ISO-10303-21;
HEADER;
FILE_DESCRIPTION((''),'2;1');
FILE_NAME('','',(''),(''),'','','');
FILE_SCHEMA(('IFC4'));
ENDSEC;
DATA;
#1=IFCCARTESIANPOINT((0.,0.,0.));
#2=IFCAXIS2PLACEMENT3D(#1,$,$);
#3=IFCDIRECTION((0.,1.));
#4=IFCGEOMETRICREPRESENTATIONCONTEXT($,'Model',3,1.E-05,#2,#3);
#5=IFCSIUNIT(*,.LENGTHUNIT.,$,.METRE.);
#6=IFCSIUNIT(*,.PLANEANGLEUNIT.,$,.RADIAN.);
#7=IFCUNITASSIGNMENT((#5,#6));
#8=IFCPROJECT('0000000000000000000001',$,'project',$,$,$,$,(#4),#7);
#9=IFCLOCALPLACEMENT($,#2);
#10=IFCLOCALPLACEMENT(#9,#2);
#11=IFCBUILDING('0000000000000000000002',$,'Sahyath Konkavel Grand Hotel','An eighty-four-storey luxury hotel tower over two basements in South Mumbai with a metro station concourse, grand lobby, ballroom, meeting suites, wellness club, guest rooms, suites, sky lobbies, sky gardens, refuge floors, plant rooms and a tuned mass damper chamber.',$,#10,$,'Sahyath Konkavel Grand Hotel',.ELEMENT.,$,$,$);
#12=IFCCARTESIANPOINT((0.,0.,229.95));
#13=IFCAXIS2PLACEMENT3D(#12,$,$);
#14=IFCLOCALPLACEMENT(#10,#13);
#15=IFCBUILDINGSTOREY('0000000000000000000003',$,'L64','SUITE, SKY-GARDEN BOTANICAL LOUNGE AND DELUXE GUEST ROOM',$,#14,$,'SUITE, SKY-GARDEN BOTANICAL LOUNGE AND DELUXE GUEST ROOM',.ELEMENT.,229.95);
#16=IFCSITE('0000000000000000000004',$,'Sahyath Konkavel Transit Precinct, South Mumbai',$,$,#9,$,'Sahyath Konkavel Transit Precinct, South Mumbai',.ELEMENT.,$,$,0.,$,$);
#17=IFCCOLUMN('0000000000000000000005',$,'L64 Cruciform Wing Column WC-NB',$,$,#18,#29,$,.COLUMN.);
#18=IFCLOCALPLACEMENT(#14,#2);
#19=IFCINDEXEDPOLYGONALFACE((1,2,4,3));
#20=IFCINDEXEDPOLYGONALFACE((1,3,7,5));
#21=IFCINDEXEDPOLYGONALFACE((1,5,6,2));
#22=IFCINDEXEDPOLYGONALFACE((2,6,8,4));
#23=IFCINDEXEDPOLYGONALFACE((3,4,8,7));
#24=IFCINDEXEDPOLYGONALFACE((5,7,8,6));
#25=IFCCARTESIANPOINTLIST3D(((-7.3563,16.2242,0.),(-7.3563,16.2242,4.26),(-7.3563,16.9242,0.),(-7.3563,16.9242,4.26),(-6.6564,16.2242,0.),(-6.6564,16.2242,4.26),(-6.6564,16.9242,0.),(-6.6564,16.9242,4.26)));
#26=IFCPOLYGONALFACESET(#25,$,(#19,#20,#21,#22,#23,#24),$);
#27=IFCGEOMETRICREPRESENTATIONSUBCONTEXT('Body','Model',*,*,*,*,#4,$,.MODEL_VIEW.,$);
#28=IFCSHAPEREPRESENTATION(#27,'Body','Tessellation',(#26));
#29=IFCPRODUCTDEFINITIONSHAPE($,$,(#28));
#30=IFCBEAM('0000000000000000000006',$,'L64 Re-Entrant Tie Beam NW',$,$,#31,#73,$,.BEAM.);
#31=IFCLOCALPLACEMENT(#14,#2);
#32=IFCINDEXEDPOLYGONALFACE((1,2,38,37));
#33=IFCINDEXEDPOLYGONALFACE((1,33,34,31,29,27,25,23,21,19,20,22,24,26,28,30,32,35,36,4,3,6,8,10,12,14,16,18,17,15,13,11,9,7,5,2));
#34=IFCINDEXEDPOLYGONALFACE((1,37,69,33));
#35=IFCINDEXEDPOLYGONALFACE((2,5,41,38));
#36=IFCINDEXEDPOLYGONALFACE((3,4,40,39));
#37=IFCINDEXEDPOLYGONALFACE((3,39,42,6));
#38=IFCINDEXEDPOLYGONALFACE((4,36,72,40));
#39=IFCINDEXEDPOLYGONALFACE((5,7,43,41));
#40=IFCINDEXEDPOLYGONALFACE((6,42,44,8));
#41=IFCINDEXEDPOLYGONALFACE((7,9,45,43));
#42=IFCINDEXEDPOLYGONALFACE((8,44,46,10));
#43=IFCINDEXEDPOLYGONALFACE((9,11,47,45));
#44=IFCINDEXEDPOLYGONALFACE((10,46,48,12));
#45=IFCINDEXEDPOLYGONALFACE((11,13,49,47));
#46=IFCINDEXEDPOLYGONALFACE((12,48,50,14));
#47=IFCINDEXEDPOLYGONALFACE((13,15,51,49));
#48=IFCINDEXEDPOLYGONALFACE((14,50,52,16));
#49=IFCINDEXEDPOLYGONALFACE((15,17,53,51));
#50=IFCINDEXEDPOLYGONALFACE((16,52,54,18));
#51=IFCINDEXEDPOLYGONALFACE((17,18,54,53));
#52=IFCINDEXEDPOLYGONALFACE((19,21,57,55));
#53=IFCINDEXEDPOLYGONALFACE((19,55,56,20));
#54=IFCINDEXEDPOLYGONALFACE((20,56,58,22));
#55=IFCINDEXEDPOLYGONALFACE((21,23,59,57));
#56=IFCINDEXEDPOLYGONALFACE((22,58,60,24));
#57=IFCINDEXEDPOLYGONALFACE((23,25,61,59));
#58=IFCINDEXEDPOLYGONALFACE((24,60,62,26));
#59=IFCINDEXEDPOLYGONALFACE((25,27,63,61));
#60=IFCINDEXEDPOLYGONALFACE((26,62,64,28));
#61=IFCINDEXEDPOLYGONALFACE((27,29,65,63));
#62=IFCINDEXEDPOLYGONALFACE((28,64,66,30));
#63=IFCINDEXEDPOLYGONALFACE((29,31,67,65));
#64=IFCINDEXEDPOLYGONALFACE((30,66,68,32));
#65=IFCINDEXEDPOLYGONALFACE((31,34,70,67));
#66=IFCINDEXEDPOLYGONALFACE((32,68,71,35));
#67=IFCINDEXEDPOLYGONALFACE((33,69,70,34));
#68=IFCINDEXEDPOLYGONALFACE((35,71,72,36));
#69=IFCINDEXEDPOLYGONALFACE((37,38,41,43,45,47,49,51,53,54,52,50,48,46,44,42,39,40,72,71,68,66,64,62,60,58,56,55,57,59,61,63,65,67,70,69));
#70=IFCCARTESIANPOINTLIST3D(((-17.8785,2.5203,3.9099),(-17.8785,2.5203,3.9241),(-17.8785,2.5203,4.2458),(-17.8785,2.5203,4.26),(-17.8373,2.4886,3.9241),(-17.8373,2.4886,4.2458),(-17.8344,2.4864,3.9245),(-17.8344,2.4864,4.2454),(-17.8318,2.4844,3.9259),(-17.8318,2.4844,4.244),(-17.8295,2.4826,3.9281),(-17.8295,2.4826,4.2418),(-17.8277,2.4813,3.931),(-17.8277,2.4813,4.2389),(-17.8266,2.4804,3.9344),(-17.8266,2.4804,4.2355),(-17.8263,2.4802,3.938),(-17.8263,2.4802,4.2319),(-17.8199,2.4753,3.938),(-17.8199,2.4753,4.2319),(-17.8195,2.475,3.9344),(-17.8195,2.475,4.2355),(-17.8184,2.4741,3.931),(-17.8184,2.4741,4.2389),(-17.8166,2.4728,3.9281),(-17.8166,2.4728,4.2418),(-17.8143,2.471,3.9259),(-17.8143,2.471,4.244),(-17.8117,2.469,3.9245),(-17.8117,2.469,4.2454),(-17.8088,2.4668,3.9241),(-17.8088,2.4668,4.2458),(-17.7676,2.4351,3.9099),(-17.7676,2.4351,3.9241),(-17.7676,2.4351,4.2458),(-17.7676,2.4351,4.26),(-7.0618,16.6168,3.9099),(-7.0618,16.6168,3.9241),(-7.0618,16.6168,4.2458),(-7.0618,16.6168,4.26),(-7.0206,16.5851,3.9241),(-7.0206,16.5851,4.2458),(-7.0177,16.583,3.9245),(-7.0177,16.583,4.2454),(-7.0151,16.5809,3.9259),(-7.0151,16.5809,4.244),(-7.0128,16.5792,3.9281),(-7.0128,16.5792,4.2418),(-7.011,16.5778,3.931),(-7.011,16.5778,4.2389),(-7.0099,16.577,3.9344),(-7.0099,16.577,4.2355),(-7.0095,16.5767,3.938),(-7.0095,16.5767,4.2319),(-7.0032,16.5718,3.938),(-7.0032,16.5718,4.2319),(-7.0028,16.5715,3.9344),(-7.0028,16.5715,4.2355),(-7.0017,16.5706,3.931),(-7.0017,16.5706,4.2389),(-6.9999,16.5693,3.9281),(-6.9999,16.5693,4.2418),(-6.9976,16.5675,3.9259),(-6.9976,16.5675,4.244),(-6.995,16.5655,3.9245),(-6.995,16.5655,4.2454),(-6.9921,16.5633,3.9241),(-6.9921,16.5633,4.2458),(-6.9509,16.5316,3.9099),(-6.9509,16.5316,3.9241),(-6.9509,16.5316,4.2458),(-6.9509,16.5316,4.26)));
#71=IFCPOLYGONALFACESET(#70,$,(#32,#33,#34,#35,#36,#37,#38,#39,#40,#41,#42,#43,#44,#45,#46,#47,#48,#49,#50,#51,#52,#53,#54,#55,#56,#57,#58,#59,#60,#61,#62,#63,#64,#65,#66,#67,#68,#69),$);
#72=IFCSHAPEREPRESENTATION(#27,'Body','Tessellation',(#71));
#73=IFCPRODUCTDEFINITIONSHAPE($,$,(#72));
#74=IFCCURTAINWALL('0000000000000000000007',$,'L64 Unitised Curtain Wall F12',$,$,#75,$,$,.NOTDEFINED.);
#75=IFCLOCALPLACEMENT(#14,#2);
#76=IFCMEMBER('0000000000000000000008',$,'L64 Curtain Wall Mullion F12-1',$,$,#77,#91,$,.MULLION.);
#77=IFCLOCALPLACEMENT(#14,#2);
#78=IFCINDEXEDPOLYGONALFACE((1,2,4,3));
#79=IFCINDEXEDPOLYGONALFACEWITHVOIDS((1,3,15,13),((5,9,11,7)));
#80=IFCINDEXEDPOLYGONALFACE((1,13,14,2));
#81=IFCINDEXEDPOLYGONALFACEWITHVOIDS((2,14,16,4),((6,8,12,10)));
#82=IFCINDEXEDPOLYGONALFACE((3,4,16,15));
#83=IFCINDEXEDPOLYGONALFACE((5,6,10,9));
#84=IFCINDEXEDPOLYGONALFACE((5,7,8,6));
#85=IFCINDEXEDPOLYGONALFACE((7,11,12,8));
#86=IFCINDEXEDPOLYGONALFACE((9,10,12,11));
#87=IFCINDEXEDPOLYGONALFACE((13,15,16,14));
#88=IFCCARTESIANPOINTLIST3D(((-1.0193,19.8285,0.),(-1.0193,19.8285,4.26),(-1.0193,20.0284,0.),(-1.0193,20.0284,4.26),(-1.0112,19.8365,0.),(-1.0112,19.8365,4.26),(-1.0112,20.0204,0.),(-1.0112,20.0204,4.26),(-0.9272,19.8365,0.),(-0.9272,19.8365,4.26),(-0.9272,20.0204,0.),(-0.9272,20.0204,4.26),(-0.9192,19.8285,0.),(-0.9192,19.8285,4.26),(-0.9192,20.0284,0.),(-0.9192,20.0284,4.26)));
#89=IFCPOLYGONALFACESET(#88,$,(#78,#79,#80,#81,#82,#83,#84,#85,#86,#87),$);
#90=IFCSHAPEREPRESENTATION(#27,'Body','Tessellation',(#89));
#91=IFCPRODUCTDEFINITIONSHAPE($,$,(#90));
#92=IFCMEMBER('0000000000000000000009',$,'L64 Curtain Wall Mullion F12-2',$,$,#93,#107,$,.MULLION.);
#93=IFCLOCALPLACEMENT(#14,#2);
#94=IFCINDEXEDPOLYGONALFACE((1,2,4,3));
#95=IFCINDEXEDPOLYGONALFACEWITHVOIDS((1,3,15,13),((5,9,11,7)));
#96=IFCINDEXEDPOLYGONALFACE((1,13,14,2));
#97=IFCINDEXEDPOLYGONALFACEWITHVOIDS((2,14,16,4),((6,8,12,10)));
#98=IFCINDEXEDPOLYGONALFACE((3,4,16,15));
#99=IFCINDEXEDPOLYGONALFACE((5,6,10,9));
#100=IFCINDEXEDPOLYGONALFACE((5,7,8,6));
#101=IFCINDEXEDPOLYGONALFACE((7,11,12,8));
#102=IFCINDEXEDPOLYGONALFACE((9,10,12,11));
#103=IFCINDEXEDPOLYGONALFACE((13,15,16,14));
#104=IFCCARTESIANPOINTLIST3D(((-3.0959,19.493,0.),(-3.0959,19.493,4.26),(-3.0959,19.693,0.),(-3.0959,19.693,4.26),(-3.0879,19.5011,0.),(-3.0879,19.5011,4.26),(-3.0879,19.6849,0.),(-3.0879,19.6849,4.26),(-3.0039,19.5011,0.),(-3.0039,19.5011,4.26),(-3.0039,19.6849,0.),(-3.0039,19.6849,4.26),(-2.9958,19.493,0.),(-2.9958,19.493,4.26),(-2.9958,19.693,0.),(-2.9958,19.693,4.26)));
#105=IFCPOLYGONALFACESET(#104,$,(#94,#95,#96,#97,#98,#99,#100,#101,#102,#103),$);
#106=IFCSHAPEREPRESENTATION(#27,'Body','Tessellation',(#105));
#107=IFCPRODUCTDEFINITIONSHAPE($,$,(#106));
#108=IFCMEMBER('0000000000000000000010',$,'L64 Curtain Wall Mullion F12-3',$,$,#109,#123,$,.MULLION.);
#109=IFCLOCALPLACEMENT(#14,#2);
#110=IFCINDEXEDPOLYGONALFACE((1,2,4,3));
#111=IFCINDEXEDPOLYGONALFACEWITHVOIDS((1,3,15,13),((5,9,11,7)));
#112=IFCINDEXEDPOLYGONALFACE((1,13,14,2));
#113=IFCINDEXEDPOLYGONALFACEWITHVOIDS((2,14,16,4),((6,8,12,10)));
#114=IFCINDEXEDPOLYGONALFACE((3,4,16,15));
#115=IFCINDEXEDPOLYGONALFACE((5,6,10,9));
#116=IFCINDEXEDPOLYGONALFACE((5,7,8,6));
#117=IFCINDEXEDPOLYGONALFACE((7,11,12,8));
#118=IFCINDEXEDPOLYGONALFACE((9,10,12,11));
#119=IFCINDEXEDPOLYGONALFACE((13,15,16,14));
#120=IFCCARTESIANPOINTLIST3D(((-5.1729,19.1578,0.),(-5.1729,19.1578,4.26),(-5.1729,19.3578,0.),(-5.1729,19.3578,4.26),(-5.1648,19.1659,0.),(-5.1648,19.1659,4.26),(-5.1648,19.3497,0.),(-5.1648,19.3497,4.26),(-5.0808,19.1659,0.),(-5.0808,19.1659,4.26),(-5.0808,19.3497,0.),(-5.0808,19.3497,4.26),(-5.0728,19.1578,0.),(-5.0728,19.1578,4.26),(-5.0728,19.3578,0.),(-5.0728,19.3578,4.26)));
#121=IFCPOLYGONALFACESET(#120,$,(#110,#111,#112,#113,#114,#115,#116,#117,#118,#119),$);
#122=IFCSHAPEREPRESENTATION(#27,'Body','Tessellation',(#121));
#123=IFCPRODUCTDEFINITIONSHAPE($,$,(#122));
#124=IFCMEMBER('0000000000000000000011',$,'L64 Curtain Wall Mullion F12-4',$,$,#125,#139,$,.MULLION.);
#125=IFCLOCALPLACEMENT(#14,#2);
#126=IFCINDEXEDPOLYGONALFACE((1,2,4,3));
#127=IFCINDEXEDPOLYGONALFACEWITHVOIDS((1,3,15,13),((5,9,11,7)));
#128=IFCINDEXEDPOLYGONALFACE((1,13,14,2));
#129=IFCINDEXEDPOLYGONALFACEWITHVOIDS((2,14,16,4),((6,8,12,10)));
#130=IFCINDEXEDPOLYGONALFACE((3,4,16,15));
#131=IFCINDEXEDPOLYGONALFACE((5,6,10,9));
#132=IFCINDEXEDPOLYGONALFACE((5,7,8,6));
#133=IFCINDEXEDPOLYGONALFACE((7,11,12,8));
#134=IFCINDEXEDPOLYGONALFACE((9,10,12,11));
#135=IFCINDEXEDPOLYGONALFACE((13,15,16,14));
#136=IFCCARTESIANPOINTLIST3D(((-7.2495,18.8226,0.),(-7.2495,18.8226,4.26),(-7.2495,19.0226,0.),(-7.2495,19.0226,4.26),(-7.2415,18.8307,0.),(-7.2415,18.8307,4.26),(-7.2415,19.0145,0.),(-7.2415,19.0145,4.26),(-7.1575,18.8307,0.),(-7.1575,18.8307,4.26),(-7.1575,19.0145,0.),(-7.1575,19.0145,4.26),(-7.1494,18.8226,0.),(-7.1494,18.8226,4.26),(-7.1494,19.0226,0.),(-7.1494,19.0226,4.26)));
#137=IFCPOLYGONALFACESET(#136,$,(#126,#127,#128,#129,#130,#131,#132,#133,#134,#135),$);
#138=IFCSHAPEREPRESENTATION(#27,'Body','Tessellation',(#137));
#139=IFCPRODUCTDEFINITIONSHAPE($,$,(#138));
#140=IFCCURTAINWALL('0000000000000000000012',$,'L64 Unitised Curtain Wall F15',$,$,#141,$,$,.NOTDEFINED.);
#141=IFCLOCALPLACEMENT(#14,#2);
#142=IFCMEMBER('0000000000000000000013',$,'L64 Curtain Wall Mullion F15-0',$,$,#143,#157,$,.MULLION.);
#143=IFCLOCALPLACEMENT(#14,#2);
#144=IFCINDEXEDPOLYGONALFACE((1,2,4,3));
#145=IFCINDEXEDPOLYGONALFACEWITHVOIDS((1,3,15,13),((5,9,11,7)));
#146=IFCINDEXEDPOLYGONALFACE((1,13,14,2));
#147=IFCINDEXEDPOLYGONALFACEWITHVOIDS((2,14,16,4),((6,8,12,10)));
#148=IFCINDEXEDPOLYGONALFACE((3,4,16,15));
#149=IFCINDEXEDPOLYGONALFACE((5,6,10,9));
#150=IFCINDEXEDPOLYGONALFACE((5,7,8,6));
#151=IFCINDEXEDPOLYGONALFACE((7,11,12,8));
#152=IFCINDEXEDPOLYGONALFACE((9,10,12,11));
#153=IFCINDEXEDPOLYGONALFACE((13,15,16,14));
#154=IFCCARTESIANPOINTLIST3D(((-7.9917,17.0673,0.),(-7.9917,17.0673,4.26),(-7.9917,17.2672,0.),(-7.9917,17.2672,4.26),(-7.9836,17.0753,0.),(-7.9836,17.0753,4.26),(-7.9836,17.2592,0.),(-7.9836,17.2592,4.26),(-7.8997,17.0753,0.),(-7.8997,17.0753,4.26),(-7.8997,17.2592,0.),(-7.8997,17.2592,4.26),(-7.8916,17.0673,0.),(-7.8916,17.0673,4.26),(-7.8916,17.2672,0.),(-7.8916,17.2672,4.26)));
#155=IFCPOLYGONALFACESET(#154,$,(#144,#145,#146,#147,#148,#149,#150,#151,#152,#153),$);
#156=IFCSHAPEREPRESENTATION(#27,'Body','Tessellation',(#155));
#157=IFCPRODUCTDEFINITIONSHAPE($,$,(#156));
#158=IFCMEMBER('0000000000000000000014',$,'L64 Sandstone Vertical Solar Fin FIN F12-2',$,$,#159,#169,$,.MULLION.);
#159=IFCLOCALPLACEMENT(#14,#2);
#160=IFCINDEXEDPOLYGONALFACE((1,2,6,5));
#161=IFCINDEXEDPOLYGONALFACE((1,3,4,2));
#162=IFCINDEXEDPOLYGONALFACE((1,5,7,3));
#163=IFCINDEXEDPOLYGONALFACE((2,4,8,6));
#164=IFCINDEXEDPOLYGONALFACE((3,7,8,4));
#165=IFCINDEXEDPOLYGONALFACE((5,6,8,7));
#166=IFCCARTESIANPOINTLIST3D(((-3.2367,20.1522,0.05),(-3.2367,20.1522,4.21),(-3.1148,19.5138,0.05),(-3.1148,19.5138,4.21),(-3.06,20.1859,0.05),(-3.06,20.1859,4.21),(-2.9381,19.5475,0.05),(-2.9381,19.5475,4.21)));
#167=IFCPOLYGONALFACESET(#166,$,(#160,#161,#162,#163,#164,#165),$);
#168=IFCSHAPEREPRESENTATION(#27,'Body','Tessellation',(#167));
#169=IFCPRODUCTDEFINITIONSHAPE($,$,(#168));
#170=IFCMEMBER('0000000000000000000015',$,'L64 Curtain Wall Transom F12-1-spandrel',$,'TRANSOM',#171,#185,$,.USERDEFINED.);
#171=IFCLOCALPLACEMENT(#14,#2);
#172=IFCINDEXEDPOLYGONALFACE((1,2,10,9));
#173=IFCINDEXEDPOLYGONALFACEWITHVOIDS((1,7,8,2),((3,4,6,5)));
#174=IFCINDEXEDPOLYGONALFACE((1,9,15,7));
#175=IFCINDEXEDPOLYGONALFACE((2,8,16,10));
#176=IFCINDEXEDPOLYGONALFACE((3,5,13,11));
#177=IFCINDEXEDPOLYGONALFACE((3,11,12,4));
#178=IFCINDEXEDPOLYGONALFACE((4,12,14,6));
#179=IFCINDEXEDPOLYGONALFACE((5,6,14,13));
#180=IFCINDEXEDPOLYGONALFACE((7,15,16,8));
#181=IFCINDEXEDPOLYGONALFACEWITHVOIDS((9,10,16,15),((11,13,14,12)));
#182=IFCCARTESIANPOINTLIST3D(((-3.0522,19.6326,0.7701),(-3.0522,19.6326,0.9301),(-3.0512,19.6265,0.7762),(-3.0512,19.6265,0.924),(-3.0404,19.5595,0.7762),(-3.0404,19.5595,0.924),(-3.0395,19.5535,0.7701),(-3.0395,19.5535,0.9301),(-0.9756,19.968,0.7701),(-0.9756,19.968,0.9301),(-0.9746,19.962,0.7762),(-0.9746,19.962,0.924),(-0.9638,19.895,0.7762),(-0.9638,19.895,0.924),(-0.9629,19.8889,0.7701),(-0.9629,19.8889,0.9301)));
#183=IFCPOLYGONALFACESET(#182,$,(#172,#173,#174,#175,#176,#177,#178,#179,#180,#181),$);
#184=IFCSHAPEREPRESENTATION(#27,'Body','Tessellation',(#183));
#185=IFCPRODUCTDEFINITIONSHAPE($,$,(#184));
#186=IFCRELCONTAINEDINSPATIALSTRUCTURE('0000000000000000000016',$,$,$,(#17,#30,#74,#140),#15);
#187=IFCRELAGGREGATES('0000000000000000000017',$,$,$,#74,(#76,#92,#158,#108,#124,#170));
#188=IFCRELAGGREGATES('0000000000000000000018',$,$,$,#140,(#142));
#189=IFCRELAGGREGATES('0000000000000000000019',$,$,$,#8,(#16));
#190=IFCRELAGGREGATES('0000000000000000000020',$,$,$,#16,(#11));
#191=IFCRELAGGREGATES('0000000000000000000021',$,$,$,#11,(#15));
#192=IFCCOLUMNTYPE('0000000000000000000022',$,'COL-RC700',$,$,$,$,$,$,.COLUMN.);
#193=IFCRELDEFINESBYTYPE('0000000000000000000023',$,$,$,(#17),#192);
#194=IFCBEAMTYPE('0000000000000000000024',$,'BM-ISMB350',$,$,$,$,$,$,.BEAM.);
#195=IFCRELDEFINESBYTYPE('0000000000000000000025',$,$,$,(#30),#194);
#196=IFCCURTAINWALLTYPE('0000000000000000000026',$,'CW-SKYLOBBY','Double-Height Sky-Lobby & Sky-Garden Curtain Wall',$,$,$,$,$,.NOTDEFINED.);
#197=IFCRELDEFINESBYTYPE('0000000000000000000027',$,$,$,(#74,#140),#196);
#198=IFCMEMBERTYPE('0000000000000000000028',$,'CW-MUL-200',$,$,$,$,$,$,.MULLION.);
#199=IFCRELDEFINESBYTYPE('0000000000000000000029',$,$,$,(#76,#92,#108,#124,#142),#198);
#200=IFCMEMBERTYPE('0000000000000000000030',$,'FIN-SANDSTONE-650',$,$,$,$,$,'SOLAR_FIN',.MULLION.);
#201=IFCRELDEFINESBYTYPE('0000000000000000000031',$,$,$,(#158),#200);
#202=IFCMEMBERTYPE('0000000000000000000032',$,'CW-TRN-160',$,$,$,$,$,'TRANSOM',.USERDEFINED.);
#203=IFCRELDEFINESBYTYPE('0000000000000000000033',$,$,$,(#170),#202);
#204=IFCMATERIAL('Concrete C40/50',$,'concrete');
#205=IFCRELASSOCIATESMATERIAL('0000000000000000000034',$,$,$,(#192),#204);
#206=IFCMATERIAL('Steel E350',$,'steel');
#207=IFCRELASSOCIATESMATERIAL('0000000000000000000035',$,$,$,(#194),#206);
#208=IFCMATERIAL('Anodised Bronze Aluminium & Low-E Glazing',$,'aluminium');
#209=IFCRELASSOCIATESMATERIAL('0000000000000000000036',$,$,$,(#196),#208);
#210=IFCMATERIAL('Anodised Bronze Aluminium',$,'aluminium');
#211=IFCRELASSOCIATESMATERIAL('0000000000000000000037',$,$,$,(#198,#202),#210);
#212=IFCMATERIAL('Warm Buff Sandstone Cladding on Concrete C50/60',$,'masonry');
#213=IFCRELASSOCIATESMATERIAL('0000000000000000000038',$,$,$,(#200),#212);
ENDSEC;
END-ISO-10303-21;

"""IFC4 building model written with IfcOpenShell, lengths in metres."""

from ifc_helpers import new_model, si_unit, direction, frame, origin, origin_2d, place, context, subcontext, project, spatial, rectangle, hollow_rectangle, i_section, extrude, source, transform, mapped, material, material_profile, profile_set, type_object, element, aggregate, save


model = new_model("IFC4")

# Units and contexts
model_context = context("Model", 3, precision=1e-05, world=origin(), true_north=direction((0.0, 1.0)))
body_context = subcontext(model_context, "Body", "Model", "MODEL_VIEW")
ifc_project = project(units=[si_unit("LENGTHUNIT", "METRE"), si_unit("PLANEANGLEUNIT", "RADIAN")], contexts=[model_context])

# Site, building, storey
site_placement = place(None, origin())
site = spatial("IfcSite", under=ifc_project, at=site_placement, Name="Sahyath Konkavel Transit Precinct, South Mumbai", LongName="Sahyath Konkavel Transit Precinct, South Mumbai", CompositionType="ELEMENT", RefElevation=0.0)
building_placement = place(site_placement, origin())
building = spatial("IfcBuilding", under=site, at=building_placement, Name="Sahyath Konkavel Grand Hotel", Description="An eighty-four-storey luxury hotel tower over two basements in South Mumbai with a metro station concourse, grand lobby, ballroom, meeting suites, wellness club, guest rooms, suites, sky lobbies, sky gardens, refuge floors, plant rooms and a tuned mass damper chamber.", LongName="Sahyath Konkavel Grand Hotel", CompositionType="ELEMENT")
storey_placement = place(building_placement, frame((0.0, 0.0, 229.95)))
storey = spatial("IfcBuildingStorey", under=building, at=storey_placement, Name="L64", Description="SUITE, SKY-GARDEN BOTANICAL LOUNGE AND DELUXE GUEST ROOM", LongName="SUITE, SKY-GARDEN BOTANICAL LOUNGE AND DELUXE GUEST ROOM", CompositionType="ELEMENT", Elevation=229.95)

# Column
ifc_material_1 = material(Name="Concrete C40/50", Category="concrete")
ifc_material_profile_1 = material_profile(ifc_material_1, rectangle(XDim=0.7, YDim=0.7, at=origin_2d()), Name="RC 700x700")
ifc_profile_set_1 = profile_set([ifc_material_profile_1], Name="Concrete C40/50")
column_type = type_object("IfcColumnType", Name="COL-RC700", PredefinedType="COLUMN", material=ifc_profile_set_1)
shared_shape_1 = source(origin(), body_context, "Body", "SweptSolid", [
    extrude(rectangle(XDim=0.7, YDim=0.7, at=origin_2d()), origin(), (0.0, 0.0, 1.0), 4.26),
])
column_placement = place(storey_placement, frame((-7.0063, 16.5742, 0.0), z_axis=(0.0, 0.0, 1.0), x_axis=(1.0, 0.0, 0.0)))
element("IfcColumn", 1, at=column_placement, inside=storey, type_object=column_type, Name="L64 Cruciform Wing Column WC-NB", PredefinedType="COLUMN", context=body_context, shape_type="MappedRepresentation", body=[
    mapped(shared_shape_1, transform((0.0, 0.0, 0.0), scale=1.0)),
])

# Beam
ifc_material_2 = material(Name="Steel E350", Category="steel")
ifc_material_profile_2 = material_profile(ifc_material_2, i_section(OverallWidth=0.1399, OverallDepth=0.3501, WebThickness=0.0081, FlangeThickness=0.0142, FilletRadius=0.0139, at=origin_2d()), Name="ISMB 350")
ifc_profile_set_2 = profile_set([ifc_material_profile_2], Name="Steel E350")
beam_type = type_object("IfcBeamType", Name="BM-ISMB350", PredefinedType="BEAM", material=ifc_profile_set_2)
shared_shape_2 = source(origin(), body_context, "Body", "SweptSolid", [
    extrude(i_section(OverallWidth=0.1399, OverallDepth=0.3501, WebThickness=0.0081, FlangeThickness=0.0142, FilletRadius=0.0139, at=origin_2d()), origin(), (0.0, 0.0, 1.0), 17.7683),
])
beam_placement = place(storey_placement, frame((-7.0063, 16.5742, 4.085), z_axis=(-0.608764, -0.793351, 0.0), x_axis=(0.793351, -0.608764, 0.0)))
element("IfcBeam", 2, at=beam_placement, inside=storey, type_object=beam_type, Name="L64 Re-Entrant Tie Beam NW", PredefinedType="BEAM", context=body_context, shape_type="MappedRepresentation", body=[
    mapped(shared_shape_2, transform((0.0, 0.0, 0.0), scale=1.0)),
])

# Curtain wall, members
ifc_material_3 = material(Name="Anodised Bronze Aluminium & Low-E Glazing", Category="aluminium")
curtain_wall_type = type_object("IfcCurtainWallType", Name="CW-SKYLOBBY", Description="Double-Height Sky-Lobby & Sky-Garden Curtain Wall", PredefinedType="NOTDEFINED", material=ifc_material_3)
curtain_wall_1_placement = place(storey_placement, origin())
curtain_wall_1 = element("IfcCurtainWall", 3, at=curtain_wall_1_placement, inside=storey, type_object=curtain_wall_type, Name="L64 Unitised Curtain Wall F12", PredefinedType="NOTDEFINED")
ifc_material_4 = material(Name="Anodised Bronze Aluminium", Category="aluminium")
ifc_material_profile_3 = material_profile(ifc_material_4, hollow_rectangle(XDim=0.1001, YDim=0.2, WallThickness=0.0081, at=origin_2d()), Name="RHS 200x100x8")
ifc_profile_set_3 = profile_set([ifc_material_profile_3], Name="Anodised Bronze Aluminium")
member_type_1 = type_object("IfcMemberType", Name="CW-MUL-200", PredefinedType="MULLION", material=ifc_profile_set_3)
shared_shape_3 = source(origin(), body_context, "Body", "SweptSolid", [
    extrude(hollow_rectangle(XDim=0.1001, YDim=0.2, WallThickness=0.0081, at=origin_2d()), origin(), (0.0, 0.0, 1.0), 4.26),
])
member_1_placement = place(storey_placement, frame((-0.9692, 19.9285, 0.0), z_axis=(0.0, 0.0, 1.0), x_axis=(1.0, 0.0, 0.0)))
member_1 = element("IfcMember", 4, at=member_1_placement, type_object=member_type_1, Name="L64 Curtain Wall Mullion F12-1", PredefinedType="MULLION", context=body_context, shape_type="MappedRepresentation", body=[
    mapped(shared_shape_3, transform((0.0, 0.0, 0.0), scale=1.0)),
])
member_2_placement = place(storey_placement, frame((-3.0459, 19.593, 0.0), z_axis=(0.0, 0.0, 1.0), x_axis=(1.0, 0.0, 0.0)))
member_2 = element("IfcMember", 5, at=member_2_placement, type_object=member_type_1, Name="L64 Curtain Wall Mullion F12-2", PredefinedType="MULLION", context=body_context, shape_type="MappedRepresentation", body=[
    mapped(shared_shape_3, transform((0.0, 0.0, 0.0), scale=1.0)),
])
member_3_placement = place(storey_placement, frame((-5.1228, 19.2578, 0.0), z_axis=(0.0, 0.0, 1.0), x_axis=(1.0, 0.0, 0.0)))
member_3 = element("IfcMember", 6, at=member_3_placement, type_object=member_type_1, Name="L64 Curtain Wall Mullion F12-3", PredefinedType="MULLION", context=body_context, shape_type="MappedRepresentation", body=[
    mapped(shared_shape_3, transform((0.0, 0.0, 0.0), scale=1.0)),
])
member_4_placement = place(storey_placement, frame((-7.1995, 18.9226, 0.0), z_axis=(0.0, 0.0, 1.0), x_axis=(1.0, 0.0, 0.0)))
member_4 = element("IfcMember", 7, at=member_4_placement, type_object=member_type_1, Name="L64 Curtain Wall Mullion F12-4", PredefinedType="MULLION", context=body_context, shape_type="MappedRepresentation", body=[
    mapped(shared_shape_3, transform((0.0, 0.0, 0.0), scale=1.0)),
])

# Curtain wall, member
curtain_wall_2_placement = place(storey_placement, origin())
curtain_wall_2 = element("IfcCurtainWall", 8, at=curtain_wall_2_placement, inside=storey, type_object=curtain_wall_type, Name="L64 Unitised Curtain Wall F15", PredefinedType="NOTDEFINED")
member_5_placement = place(storey_placement, frame((-7.9417, 17.1672, 0.0), z_axis=(0.0, 0.0, 1.0), x_axis=(1.0, 0.0, 0.0)))
member_5 = element("IfcMember", 9, at=member_5_placement, type_object=member_type_1, Name="L64 Curtain Wall Mullion F15-0", PredefinedType="MULLION", context=body_context, shape_type="MappedRepresentation", body=[
    mapped(shared_shape_3, transform((0.0, 0.0, 0.0), scale=1.0)),
])

# Members
ifc_material_5 = material(Name="Warm Buff Sandstone Cladding on Concrete C50/60", Category="masonry")
ifc_material_profile_4 = material_profile(ifc_material_5, rectangle(XDim=0.1799, YDim=0.6499, at=origin_2d()), Name="FIN 180x650")
ifc_profile_set_4 = profile_set([ifc_material_profile_4], Name="Warm Buff Sandstone Cladding on Concrete C50/60")
member_type_2 = type_object("IfcMemberType", Name="FIN-SANDSTONE-650", ElementType="SOLAR_FIN", PredefinedType="MULLION", material=ifc_profile_set_4)
shared_shape_4 = source(origin(), body_context, "Body", "SweptSolid", [
    extrude(rectangle(XDim=0.1799, YDim=0.6499, at=origin_2d()), origin(), (0.0, 0.0, 1.0), 4.1599),
])
member_6_placement = place(storey_placement, frame((-3.0874, 19.8499, 0.05), z_axis=(0.0, 0.0, 1.0), x_axis=(0.982255, 0.187553, 0.0)))
member_6 = element("IfcMember", 10, at=member_6_placement, type_object=member_type_2, Name="L64 Sandstone Vertical Solar Fin FIN F12-2", PredefinedType="MULLION", context=body_context, shape_type="MappedRepresentation", body=[
    mapped(shared_shape_4, transform((0.0, 0.0, 0.0), scale=1.0)),
])
ifc_material_profile_5 = material_profile(ifc_material_4, hollow_rectangle(XDim=0.0801, YDim=0.1599, WallThickness=0.0061, at=origin_2d()), Name="RHS 160x80x6")
ifc_profile_set_5 = profile_set([ifc_material_profile_5], Name="Anodised Bronze Aluminium")
member_type_3 = type_object("IfcMemberType", Name="CW-TRN-160", ElementType="TRANSOM", PredefinedType="USERDEFINED", material=ifc_profile_set_5)
shared_shape_5 = source(origin(), body_context, "Body", "SweptSolid", [
    extrude(hollow_rectangle(XDim=0.0801, YDim=0.1599, WallThickness=0.0061, at=origin_2d()), origin(), (0.0, 0.0, 1.0), 2.1035),
])
member_7_placement = place(storey_placement, frame((-0.9692, 19.9285, 0.8501), z_axis=(-0.987203, -0.159466, 0.0), x_axis=(0.159466, -0.987203, 0.0)))
member_7 = element("IfcMember", 11, at=member_7_placement, type_object=member_type_3, Name="L64 Curtain Wall Transom F12-1-spandrel", ObjectType="TRANSOM", PredefinedType="USERDEFINED", context=body_context, shape_type="MappedRepresentation", body=[
    mapped(shared_shape_5, transform((0.0, 0.0, 0.0), scale=1.0)),
])

aggregate(curtain_wall_1, [member_1, member_2, member_6, member_3, member_4, member_7])
aggregate(curtain_wall_2, [member_5])

save(model, "model.ifc")
